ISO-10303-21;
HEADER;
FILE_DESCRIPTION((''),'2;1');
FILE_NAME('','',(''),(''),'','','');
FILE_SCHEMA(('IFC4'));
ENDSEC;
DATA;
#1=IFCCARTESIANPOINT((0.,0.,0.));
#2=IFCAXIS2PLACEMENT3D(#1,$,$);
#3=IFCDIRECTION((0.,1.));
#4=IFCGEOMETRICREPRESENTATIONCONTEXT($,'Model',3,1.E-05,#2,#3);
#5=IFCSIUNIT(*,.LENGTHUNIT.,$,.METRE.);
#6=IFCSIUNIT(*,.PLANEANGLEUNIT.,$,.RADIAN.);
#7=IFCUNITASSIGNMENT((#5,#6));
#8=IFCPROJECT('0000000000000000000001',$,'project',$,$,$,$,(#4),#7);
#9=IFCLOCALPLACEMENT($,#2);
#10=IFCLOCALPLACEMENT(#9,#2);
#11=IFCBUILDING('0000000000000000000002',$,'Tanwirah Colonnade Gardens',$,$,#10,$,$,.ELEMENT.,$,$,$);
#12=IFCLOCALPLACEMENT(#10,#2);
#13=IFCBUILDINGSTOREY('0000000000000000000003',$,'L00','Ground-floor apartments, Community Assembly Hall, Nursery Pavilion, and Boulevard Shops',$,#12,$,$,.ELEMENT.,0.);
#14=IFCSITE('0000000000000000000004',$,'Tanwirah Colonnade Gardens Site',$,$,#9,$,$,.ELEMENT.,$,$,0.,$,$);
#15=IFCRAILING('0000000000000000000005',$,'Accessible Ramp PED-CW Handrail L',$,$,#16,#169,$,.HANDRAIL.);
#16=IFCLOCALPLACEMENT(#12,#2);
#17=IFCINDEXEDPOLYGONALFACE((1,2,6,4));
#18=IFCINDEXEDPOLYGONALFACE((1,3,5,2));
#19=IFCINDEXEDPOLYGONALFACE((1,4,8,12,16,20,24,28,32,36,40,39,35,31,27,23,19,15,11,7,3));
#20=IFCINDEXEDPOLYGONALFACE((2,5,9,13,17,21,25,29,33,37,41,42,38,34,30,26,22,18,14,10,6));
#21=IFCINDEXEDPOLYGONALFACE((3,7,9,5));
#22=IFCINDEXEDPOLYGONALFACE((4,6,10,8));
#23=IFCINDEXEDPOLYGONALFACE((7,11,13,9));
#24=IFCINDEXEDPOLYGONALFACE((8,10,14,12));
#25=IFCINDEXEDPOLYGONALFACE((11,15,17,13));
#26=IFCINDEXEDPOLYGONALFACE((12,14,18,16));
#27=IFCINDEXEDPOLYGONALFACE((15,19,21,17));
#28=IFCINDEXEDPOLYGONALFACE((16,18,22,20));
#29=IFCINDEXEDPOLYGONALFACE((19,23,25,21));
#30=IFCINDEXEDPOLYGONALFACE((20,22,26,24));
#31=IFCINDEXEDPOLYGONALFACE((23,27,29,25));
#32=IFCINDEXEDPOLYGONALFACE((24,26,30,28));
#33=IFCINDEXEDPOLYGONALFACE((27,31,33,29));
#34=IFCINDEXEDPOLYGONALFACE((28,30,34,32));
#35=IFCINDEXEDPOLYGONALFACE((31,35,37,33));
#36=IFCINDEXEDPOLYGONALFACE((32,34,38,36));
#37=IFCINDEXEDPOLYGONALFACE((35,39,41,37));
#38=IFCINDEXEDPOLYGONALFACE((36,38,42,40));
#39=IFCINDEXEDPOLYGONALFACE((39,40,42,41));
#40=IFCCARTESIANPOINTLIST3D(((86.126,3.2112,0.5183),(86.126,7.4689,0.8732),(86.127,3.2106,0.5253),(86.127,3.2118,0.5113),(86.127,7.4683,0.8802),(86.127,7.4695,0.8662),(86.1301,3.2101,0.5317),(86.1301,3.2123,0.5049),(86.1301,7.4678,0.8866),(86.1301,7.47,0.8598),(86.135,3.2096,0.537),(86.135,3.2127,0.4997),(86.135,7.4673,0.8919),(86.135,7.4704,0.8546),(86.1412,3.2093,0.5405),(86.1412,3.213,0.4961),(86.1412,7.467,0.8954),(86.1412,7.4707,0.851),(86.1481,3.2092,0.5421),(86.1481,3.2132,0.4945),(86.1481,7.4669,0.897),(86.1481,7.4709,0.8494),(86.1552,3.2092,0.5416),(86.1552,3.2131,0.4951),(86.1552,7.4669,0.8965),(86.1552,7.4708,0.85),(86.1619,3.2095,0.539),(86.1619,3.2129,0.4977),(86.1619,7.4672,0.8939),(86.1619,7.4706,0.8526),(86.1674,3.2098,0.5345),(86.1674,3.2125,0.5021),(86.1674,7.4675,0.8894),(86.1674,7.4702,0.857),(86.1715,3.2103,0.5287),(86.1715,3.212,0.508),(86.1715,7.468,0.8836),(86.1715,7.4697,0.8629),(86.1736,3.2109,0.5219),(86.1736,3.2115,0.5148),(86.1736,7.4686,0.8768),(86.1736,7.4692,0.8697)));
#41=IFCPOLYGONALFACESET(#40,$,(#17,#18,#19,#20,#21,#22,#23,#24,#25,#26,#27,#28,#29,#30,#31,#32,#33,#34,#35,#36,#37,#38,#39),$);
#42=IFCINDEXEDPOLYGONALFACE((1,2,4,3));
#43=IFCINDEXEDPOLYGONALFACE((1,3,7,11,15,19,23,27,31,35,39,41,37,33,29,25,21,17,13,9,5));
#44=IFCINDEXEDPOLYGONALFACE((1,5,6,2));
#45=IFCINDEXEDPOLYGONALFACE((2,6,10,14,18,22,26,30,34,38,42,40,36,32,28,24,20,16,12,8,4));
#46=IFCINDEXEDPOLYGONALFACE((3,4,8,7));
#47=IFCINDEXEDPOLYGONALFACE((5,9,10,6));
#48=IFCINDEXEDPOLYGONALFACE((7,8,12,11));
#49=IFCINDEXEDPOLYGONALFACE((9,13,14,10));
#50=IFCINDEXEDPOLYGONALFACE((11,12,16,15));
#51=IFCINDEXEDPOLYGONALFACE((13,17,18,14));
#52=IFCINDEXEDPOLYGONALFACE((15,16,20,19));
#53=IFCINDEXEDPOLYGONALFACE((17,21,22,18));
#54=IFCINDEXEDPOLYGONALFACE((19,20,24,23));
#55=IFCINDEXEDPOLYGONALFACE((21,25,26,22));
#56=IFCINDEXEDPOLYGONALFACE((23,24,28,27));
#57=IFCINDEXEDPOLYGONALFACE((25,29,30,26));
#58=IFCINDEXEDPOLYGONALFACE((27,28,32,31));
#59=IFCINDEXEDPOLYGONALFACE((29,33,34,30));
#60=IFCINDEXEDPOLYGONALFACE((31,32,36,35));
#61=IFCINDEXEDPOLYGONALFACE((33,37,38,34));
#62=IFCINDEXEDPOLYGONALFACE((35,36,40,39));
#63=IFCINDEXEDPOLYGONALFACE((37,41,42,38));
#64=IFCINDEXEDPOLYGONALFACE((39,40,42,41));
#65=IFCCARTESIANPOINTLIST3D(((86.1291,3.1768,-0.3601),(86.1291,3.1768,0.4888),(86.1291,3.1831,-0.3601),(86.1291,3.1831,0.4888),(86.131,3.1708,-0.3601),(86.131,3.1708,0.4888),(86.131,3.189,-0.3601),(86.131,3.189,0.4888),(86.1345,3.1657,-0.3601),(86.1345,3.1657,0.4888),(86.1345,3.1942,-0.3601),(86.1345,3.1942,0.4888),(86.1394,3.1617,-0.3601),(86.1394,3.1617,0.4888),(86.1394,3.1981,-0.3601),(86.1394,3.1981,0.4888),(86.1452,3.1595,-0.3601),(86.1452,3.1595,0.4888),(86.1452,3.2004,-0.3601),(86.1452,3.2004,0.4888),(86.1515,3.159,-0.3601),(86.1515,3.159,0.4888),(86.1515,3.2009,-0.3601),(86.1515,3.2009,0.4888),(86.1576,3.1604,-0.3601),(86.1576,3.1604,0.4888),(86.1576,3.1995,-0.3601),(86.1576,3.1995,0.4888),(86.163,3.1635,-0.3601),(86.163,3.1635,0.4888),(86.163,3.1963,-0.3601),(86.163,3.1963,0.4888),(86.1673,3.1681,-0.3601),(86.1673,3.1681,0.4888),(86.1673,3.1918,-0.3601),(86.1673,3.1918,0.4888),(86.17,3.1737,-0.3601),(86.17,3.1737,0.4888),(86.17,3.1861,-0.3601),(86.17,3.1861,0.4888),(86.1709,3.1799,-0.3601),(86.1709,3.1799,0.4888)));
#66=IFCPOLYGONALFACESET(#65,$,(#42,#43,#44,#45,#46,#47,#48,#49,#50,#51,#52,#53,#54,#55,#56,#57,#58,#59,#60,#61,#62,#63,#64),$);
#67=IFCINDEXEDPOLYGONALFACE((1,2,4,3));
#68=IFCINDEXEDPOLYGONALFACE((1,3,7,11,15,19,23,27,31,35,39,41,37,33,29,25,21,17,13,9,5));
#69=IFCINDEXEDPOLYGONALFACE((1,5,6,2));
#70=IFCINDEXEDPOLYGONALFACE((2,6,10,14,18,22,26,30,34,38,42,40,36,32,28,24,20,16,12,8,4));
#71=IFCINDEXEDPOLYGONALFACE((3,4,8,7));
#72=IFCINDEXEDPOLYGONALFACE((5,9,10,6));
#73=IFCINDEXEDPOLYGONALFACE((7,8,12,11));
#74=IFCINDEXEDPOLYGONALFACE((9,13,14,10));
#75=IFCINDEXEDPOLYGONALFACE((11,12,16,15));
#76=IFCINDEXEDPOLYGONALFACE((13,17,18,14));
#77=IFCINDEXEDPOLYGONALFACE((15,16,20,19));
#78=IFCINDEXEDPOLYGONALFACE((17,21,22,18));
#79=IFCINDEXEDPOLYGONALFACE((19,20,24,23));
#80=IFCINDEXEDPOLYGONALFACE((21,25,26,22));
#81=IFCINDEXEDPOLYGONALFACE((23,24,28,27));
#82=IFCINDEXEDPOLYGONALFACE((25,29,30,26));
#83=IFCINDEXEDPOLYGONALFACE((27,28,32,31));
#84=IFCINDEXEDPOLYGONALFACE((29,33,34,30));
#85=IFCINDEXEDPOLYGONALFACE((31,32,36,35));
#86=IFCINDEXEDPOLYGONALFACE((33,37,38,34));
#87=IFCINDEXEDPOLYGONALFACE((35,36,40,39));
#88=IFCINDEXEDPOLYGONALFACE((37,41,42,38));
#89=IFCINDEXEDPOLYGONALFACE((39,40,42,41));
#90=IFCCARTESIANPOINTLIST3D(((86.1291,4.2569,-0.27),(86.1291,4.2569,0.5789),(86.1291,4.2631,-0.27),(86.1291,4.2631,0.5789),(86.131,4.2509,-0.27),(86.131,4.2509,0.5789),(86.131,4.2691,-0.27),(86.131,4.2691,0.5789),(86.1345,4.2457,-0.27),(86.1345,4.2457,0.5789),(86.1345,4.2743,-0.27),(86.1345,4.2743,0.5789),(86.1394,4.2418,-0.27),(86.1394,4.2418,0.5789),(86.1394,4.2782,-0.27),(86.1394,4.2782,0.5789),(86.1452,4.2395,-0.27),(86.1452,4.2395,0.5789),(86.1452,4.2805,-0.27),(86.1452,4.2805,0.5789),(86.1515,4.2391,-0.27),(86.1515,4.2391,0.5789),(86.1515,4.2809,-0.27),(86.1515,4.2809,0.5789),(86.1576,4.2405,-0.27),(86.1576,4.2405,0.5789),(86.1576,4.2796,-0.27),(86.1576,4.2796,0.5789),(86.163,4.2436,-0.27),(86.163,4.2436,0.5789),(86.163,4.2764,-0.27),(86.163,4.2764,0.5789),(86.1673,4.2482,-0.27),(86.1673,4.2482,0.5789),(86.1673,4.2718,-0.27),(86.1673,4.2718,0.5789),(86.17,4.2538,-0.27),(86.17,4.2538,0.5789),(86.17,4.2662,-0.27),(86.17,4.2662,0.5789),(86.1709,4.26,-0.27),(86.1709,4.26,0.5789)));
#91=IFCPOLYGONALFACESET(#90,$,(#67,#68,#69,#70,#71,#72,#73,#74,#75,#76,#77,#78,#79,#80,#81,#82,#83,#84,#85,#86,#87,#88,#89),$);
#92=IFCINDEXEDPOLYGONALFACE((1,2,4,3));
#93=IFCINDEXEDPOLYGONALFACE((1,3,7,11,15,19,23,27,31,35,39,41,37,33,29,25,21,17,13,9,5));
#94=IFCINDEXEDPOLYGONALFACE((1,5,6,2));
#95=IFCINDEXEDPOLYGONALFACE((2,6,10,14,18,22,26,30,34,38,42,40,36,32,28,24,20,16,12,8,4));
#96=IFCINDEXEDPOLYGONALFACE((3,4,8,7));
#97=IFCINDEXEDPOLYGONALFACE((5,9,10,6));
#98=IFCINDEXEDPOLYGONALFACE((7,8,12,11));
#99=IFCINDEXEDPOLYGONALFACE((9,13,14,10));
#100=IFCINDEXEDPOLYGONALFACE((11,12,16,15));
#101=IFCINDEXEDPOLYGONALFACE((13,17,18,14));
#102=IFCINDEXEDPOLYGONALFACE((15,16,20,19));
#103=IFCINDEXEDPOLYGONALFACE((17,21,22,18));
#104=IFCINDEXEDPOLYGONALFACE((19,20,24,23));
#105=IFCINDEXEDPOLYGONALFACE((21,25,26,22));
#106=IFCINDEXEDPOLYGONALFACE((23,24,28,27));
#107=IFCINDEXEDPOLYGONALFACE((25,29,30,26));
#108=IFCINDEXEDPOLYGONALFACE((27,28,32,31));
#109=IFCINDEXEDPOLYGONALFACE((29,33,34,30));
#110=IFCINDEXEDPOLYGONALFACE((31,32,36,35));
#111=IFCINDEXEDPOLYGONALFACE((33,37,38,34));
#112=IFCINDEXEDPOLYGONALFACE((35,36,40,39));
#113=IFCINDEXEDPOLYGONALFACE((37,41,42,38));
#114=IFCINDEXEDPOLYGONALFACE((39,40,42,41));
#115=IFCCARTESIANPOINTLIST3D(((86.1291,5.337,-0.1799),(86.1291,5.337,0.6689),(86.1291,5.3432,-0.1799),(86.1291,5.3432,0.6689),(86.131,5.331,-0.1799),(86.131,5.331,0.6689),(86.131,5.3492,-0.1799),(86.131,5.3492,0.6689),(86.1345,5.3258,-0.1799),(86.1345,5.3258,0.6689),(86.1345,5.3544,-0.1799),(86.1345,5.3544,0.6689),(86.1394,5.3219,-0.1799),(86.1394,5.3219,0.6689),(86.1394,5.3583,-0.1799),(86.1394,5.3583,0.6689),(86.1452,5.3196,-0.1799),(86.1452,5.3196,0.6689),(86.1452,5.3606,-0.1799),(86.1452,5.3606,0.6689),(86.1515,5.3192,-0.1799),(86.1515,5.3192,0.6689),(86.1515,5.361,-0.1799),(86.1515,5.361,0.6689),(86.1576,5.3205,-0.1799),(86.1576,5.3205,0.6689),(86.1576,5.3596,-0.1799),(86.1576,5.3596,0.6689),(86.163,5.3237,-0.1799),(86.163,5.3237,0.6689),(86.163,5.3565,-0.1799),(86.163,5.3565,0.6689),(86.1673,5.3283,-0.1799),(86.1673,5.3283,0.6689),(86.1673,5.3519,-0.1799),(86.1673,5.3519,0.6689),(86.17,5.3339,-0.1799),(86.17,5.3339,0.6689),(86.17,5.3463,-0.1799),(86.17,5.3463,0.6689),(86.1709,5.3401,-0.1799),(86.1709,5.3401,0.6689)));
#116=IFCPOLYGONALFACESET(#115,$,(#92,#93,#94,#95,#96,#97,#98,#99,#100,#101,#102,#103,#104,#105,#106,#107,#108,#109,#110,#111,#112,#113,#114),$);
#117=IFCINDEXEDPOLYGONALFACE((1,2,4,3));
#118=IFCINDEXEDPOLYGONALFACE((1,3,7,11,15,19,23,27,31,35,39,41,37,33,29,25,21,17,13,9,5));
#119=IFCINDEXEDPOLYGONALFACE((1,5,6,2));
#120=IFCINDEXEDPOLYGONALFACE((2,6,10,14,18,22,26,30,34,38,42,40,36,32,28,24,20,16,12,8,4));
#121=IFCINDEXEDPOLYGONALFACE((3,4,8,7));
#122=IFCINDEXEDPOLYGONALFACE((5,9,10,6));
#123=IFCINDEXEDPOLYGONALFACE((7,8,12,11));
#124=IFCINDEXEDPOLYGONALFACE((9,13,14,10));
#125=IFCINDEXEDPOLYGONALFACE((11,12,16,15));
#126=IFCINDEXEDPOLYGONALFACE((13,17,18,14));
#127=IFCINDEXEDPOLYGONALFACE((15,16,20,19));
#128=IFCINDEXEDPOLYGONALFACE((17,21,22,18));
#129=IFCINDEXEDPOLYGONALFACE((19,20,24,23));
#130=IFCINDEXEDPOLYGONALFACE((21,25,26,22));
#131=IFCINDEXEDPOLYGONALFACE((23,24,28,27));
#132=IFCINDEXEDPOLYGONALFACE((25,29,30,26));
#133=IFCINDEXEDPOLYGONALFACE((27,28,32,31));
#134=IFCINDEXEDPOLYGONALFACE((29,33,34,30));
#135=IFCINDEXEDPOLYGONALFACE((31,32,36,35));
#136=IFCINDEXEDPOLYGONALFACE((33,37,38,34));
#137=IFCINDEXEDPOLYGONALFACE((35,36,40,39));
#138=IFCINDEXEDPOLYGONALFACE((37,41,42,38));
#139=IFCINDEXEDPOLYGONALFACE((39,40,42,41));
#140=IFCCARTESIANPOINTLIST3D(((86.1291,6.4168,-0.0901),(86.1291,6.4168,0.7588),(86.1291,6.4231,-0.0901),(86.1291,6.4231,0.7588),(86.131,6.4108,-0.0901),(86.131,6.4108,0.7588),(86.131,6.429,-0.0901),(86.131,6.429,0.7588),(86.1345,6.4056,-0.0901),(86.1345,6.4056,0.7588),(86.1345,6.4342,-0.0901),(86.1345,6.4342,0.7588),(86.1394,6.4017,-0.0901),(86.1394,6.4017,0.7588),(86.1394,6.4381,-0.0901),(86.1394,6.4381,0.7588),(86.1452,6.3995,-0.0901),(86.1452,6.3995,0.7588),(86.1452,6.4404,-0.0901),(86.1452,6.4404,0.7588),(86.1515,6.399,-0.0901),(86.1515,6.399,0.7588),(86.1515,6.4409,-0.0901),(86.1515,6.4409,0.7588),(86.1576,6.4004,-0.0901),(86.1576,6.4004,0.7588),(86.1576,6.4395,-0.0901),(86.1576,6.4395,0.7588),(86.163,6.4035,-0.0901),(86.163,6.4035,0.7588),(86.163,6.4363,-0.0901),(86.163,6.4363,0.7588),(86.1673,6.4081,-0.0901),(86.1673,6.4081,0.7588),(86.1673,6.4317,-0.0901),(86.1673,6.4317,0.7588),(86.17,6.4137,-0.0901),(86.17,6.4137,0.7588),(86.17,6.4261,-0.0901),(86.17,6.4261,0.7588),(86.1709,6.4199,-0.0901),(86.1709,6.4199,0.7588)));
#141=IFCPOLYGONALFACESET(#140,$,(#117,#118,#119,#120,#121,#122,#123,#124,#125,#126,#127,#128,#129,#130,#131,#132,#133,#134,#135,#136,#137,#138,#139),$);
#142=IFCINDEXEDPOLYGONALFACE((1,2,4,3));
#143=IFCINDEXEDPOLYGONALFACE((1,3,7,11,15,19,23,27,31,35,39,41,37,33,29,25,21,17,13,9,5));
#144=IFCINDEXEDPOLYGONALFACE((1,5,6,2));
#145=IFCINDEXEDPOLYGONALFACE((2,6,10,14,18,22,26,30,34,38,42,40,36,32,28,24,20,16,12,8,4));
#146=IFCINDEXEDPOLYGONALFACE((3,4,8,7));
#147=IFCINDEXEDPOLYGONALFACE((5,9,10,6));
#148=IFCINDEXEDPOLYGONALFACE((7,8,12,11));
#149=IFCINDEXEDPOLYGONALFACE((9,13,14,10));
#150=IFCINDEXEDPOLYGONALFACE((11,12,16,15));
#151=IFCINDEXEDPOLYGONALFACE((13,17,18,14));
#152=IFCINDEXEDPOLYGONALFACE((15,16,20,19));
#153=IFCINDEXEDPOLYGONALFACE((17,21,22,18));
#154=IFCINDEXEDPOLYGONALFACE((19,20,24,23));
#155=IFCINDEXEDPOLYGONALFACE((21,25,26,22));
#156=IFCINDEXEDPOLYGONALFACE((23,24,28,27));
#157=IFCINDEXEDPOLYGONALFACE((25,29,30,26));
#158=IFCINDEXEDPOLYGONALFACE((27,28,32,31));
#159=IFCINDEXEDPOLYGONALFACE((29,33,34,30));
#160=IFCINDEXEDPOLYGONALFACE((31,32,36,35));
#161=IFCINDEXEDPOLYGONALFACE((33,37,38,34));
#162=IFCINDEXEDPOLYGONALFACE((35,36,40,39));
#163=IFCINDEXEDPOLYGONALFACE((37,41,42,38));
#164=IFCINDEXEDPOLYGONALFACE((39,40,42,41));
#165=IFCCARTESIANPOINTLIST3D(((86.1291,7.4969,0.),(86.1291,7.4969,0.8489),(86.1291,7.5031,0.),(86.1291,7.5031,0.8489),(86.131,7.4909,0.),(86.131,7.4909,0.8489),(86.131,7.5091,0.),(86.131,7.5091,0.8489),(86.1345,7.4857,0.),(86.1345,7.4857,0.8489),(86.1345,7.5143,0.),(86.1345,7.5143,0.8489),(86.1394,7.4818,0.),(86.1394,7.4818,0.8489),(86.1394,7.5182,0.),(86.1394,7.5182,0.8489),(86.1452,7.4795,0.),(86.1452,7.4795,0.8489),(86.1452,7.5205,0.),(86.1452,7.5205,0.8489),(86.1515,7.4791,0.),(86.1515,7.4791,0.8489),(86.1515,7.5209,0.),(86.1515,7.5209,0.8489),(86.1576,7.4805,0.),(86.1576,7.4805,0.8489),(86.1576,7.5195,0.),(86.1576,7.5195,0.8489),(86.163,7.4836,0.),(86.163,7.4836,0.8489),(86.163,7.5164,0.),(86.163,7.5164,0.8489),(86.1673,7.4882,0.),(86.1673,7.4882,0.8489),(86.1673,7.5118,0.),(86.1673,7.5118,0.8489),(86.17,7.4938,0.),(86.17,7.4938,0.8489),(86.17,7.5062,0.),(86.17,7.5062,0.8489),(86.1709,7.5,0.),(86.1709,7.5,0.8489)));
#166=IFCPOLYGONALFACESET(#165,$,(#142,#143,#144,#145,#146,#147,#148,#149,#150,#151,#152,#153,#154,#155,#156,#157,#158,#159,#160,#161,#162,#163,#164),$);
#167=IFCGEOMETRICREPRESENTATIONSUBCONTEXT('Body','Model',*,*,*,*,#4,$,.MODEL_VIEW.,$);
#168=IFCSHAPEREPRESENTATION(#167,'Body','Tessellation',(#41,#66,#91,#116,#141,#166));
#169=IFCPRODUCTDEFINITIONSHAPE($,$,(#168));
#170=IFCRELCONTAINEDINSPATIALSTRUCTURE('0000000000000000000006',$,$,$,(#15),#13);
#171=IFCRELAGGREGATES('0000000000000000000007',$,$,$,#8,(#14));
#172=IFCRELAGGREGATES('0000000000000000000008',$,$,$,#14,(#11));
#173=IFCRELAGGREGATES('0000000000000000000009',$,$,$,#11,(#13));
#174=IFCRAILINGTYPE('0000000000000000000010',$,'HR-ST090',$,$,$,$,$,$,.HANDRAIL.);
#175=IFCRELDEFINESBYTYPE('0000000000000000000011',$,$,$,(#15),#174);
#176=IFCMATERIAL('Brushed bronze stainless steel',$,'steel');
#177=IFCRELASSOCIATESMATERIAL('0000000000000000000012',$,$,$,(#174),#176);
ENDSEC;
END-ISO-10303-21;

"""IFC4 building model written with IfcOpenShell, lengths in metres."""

from ifc_helpers import new_model, si_unit, direction, frame, origin, origin_2d, place, context, subcontext, project, spatial, circle, extrude, material, type_object, element, save


model = new_model("IFC4")

# Units and contexts
model_context = context("Model", 3, precision=1e-05, world=origin(), true_north=direction((0.0, 1.0)))
body_context = subcontext(model_context, "Body", "Model", "MODEL_VIEW")
ifc_project = project(units=[si_unit("LENGTHUNIT", "METRE"), si_unit("PLANEANGLEUNIT", "RADIAN")], contexts=[model_context])

# Site, building, storey
site_placement = place(None, origin())
site = spatial("IfcSite", under=ifc_project, at=site_placement, Name="Tanwirah Colonnade Gardens Site", CompositionType="ELEMENT", RefElevation=0.0)
building_placement = place(site_placement, origin())
building = spatial("IfcBuilding", under=site, at=building_placement, Name="Tanwirah Colonnade Gardens", CompositionType="ELEMENT")
storey_placement = place(building_placement, origin())
storey = spatial("IfcBuildingStorey", under=building, at=storey_placement, Name="L00", Description="Ground-floor apartments, Community Assembly Hall, Nursery Pavilion, and Boulevard Shops", CompositionType="ELEMENT", Elevation=0.0)

# Railing
ifc_material_1 = material(Name="Brushed bronze stainless steel", Category="steel")
railing_type = type_object("IfcRailingType", Name="HR-ST090", PredefinedType="HANDRAIL", material=ifc_material_1)
railing_placement = place(storey_placement, frame((86.1499, 3.1799, -0.3601)))
element("IfcRailing", 1, at=railing_placement, inside=storey, type_object=railing_type, Name="Accessible Ramp PED-CW Handrail L", PredefinedType="HANDRAIL", context=body_context, shape_type="SweptSolid", body=[
    extrude(circle(Radius=0.0239, at=origin_2d()), frame((0.0, 0.0312, 0.8784), z_axis=(0.0, 0.996544, 0.083069), x_axis=(-1.0, 0.0, 0.0)), (0.0, 0.0, 1.0), 4.2725),
    extrude(circle(Radius=0.021, at=origin_2d()), origin(), (0.0, 0.0, 1.0), 0.8489),
    extrude(circle(Radius=0.021, at=origin_2d()), frame((0.0, 1.0801, 0.0901)), (0.0, 0.0, 1.0), 0.8489),
    extrude(circle(Radius=0.021, at=origin_2d()), frame((0.0, 2.1602, 0.1802)), (0.0, 0.0, 1.0), 0.8489),
    extrude(circle(Radius=0.021, at=origin_2d()), frame((0.0, 3.24, 0.27)), (0.0, 0.0, 1.0), 0.8489),
    extrude(circle(Radius=0.021, at=origin_2d()), frame((0.0, 4.3201, 0.3601)), (0.0, 0.0, 1.0), 0.8489),
])

save(model, "model.ifc")
